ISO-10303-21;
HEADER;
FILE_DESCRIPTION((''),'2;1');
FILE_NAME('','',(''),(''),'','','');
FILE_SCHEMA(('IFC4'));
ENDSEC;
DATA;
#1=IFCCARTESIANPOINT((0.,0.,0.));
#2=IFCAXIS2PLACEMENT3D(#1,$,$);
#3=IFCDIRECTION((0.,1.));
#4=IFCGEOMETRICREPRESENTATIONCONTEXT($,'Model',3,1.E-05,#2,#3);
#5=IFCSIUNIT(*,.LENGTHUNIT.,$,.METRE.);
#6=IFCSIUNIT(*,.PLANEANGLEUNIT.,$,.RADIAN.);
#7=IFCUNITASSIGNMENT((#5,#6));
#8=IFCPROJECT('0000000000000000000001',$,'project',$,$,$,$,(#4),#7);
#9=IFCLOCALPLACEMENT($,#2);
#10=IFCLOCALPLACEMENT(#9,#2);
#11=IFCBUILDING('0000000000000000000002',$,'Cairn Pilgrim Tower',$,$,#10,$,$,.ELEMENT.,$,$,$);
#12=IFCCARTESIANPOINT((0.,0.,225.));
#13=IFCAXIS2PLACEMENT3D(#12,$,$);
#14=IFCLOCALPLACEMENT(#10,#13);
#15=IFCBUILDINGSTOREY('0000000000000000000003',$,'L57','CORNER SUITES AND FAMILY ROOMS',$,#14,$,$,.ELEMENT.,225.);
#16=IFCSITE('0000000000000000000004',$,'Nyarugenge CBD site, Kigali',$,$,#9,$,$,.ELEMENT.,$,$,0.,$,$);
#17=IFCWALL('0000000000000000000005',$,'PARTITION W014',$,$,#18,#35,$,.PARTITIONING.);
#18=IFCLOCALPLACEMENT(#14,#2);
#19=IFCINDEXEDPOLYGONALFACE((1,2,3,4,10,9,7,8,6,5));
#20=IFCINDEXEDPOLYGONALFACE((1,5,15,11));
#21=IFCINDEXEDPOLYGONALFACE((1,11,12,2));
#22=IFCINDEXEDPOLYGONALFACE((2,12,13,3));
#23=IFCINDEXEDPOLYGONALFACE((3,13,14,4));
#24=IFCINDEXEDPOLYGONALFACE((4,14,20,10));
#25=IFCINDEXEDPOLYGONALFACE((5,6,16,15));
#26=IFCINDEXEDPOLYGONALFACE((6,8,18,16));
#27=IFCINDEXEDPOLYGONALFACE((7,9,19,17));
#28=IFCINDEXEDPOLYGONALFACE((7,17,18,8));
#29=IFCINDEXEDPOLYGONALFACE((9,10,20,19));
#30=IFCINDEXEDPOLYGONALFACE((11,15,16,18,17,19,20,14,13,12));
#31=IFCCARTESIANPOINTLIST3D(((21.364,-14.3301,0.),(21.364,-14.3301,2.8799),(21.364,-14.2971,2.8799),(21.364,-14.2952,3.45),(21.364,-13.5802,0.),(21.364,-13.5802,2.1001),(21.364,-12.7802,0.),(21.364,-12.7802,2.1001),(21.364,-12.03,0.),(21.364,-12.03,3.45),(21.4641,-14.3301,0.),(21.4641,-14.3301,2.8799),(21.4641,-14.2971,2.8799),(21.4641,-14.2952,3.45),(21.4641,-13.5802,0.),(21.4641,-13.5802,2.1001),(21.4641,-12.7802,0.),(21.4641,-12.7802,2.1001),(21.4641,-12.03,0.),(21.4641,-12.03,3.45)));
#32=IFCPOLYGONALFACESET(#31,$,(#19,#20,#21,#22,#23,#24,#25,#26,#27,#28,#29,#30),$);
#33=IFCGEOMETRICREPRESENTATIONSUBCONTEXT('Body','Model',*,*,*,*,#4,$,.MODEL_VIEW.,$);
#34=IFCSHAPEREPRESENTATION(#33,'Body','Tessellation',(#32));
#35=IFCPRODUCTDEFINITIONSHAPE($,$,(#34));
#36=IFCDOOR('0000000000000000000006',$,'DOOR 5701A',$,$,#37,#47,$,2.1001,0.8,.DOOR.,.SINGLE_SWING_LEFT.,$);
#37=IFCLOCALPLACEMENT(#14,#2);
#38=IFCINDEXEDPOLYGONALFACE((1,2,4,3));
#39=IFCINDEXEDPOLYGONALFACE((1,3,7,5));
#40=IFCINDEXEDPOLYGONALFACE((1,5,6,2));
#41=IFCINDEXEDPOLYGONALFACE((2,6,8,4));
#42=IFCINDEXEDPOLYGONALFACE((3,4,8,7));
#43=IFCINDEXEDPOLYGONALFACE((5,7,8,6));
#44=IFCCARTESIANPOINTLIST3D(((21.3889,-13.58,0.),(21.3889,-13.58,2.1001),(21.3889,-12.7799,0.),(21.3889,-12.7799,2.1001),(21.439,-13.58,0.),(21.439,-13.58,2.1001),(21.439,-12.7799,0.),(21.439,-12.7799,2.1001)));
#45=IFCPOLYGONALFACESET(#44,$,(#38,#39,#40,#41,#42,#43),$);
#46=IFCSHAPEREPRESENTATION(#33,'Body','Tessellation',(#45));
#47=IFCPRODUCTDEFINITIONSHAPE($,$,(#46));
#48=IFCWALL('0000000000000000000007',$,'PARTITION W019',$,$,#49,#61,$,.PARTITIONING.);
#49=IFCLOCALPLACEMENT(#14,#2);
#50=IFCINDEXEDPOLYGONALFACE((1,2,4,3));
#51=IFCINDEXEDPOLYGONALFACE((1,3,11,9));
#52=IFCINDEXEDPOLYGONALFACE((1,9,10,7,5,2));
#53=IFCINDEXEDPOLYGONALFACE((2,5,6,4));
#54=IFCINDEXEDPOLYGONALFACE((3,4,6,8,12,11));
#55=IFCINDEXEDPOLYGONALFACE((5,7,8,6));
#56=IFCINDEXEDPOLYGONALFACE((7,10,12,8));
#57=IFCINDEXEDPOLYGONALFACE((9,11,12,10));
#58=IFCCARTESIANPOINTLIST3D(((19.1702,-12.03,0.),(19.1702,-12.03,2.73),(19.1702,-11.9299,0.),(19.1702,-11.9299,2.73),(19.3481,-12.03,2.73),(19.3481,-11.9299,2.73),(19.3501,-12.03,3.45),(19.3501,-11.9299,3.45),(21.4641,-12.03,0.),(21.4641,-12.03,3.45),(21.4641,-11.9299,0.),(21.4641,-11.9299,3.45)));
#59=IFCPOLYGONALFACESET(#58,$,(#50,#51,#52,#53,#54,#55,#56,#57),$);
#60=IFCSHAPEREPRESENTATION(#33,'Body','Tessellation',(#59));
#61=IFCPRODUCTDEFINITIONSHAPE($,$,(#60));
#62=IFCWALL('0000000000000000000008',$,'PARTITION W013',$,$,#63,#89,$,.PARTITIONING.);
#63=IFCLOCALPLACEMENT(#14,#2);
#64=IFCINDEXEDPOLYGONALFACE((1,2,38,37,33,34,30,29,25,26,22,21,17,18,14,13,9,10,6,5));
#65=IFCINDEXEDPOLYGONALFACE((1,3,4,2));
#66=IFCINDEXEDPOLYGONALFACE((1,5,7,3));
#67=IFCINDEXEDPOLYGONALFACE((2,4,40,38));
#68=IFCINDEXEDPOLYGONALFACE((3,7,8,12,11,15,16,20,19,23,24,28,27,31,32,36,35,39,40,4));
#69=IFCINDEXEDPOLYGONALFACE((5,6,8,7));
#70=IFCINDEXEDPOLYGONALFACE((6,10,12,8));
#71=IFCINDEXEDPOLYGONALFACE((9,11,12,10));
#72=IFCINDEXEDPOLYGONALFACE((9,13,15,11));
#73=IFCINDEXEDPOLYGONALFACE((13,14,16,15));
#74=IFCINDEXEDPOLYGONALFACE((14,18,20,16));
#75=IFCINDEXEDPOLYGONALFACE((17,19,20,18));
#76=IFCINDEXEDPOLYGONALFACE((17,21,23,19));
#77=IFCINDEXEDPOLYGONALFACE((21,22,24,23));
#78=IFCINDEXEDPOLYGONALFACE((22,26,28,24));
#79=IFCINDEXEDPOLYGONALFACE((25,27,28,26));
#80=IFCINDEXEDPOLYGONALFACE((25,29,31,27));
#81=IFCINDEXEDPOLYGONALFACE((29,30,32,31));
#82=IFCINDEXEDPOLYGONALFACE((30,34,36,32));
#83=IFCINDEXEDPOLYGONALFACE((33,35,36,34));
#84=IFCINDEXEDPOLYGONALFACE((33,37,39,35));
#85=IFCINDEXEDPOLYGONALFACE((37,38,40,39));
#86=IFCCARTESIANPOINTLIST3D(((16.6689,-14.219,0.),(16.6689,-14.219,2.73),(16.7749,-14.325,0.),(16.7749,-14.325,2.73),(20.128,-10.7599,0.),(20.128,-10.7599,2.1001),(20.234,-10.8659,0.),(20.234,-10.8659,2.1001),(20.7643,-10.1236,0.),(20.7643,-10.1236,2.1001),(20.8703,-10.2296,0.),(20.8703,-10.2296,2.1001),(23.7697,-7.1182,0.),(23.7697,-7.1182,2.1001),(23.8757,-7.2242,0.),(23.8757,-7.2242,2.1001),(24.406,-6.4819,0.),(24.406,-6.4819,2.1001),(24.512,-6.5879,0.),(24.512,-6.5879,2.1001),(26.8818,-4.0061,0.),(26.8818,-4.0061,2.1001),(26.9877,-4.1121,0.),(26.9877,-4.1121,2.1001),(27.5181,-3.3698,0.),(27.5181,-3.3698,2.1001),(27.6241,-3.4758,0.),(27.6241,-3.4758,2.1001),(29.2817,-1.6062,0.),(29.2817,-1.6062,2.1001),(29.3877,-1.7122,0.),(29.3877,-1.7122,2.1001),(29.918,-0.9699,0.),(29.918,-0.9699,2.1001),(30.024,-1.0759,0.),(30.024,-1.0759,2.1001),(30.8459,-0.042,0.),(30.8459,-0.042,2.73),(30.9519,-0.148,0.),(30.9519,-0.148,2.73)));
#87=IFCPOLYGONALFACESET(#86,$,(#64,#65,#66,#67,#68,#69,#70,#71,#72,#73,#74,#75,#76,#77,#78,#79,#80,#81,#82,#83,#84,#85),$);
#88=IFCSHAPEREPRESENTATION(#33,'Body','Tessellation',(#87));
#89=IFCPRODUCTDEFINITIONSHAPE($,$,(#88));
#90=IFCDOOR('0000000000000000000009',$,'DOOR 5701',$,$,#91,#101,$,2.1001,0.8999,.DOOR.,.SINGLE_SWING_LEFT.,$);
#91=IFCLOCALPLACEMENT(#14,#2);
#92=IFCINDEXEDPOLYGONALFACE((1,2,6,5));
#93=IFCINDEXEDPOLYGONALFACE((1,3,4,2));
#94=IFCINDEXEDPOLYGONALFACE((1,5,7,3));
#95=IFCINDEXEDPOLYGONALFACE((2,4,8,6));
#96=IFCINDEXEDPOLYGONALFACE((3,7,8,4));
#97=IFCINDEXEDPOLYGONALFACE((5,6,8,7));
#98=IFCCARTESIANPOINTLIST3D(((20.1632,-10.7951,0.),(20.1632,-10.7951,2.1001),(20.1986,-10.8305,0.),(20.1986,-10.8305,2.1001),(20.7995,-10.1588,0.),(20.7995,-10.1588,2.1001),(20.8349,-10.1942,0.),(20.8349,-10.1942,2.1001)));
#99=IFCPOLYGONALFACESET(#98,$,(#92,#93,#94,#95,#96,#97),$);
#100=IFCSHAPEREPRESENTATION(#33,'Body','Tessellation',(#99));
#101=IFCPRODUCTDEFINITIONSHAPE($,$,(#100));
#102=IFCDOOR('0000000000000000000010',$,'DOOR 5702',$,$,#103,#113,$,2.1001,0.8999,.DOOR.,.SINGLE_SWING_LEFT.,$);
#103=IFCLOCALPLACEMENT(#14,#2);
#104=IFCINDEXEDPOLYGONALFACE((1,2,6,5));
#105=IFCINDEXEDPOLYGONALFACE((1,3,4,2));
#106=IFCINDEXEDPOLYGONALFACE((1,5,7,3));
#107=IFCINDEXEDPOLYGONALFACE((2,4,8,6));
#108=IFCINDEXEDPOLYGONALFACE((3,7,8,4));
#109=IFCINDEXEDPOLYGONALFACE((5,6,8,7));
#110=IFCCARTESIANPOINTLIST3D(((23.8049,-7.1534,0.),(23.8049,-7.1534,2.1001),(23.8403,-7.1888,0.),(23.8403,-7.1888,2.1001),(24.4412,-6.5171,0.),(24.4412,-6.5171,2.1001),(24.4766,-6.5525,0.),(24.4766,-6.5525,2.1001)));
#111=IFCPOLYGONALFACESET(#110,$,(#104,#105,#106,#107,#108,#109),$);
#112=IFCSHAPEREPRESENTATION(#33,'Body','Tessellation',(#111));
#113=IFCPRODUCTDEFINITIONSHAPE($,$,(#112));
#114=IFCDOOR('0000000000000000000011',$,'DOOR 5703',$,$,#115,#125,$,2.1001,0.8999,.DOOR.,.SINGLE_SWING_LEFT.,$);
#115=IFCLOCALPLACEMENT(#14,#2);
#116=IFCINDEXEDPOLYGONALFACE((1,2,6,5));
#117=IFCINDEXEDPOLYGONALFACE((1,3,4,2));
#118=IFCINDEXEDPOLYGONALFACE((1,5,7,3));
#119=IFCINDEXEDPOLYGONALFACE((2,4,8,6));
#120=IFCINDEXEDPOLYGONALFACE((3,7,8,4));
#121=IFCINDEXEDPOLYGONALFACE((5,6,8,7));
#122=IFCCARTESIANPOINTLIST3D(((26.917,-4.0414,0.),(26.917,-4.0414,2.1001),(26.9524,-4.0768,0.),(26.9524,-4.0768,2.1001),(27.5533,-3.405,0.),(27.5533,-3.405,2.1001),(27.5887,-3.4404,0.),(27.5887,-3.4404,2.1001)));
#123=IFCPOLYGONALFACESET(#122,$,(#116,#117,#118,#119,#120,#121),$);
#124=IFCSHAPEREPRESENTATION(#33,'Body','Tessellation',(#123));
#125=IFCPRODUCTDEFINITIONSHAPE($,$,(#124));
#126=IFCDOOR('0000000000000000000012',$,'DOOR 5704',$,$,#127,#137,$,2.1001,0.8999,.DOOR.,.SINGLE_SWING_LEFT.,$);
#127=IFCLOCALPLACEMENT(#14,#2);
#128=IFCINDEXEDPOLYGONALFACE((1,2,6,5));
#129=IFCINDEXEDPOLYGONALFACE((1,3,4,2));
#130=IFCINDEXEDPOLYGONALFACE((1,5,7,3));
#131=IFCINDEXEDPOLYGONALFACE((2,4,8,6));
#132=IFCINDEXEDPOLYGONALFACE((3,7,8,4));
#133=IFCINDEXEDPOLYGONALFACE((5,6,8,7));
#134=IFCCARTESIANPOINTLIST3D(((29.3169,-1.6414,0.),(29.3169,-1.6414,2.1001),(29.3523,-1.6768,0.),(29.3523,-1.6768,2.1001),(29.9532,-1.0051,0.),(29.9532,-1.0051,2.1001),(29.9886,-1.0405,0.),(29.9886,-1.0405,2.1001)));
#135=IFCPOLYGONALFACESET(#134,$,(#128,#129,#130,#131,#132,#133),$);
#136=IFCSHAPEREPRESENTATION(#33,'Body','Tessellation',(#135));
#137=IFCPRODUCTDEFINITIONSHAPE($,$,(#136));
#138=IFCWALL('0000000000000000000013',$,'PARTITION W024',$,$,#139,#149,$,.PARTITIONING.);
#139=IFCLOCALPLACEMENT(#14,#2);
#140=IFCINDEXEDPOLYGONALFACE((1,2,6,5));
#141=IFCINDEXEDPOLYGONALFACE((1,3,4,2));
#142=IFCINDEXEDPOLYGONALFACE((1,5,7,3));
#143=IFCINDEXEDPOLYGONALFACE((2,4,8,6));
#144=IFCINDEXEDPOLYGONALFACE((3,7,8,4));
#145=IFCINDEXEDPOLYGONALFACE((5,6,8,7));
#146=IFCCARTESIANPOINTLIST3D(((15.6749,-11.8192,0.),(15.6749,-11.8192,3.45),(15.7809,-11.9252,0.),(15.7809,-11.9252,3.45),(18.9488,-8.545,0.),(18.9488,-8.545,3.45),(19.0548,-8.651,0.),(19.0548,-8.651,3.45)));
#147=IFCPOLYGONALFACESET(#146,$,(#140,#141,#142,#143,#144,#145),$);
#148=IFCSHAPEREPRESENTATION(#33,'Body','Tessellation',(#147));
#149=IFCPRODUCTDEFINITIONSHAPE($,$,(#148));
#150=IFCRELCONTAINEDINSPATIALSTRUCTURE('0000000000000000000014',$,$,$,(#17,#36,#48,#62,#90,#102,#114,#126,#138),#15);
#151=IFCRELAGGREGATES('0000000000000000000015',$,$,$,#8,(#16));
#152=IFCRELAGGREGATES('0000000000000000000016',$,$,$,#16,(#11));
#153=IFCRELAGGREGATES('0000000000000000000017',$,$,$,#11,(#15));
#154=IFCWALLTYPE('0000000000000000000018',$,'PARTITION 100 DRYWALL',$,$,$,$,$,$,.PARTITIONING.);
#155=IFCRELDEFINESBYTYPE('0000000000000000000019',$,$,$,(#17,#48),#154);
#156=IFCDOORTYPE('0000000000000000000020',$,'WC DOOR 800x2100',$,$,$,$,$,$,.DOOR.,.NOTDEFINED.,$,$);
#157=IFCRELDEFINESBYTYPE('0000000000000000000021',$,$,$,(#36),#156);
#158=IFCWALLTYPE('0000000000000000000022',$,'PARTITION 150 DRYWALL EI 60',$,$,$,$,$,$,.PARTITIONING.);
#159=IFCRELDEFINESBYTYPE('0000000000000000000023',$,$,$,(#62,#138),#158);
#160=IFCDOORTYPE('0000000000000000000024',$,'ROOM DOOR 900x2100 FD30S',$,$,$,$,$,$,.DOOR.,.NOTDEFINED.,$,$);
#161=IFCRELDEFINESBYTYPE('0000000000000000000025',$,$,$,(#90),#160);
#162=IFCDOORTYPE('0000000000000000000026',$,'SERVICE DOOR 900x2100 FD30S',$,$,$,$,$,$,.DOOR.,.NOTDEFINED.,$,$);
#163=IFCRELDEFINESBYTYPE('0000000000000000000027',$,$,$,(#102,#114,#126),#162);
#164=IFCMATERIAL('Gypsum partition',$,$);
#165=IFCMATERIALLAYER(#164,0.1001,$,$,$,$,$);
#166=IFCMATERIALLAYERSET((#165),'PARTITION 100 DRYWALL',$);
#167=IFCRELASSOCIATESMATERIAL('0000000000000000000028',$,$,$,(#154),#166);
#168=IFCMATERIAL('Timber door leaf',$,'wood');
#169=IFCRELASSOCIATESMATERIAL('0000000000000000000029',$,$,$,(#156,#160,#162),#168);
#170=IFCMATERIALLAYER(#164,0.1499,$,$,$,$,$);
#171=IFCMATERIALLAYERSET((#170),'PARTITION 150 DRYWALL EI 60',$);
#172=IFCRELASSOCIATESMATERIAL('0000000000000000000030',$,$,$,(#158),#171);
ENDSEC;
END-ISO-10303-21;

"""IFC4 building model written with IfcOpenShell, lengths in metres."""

from ifc_helpers import new_model, si_unit, direction, frame, frame_2d, origin, place, context, subcontext, project, spatial, polyline, rectangle, outline, extrude, material, layer, layer_set, type_object, element, fill, save


model = new_model("IFC4")

# Units and contexts
model_context = context("Model", 3, precision=1e-05, world=origin(), true_north=direction((0.0, 1.0)))
body_context = subcontext(model_context, "Body", "Model", "MODEL_VIEW")
ifc_project = project(units=[si_unit("LENGTHUNIT", "METRE"), si_unit("PLANEANGLEUNIT", "RADIAN")], contexts=[model_context])

# Site, building, storey
site_placement = place(None, origin())
site = spatial("IfcSite", under=ifc_project, at=site_placement, Name="Nyarugenge CBD site, Kigali", CompositionType="ELEMENT", RefElevation=0.0)
building_placement = place(site_placement, origin())
building = spatial("IfcBuilding", under=site, at=building_placement, Name="Cairn Pilgrim Tower", CompositionType="ELEMENT")
storey_placement = place(building_placement, frame((0.0, 0.0, 225.0)))
storey = spatial("IfcBuildingStorey", under=building, at=storey_placement, Name="L57", Description="CORNER SUITES AND FAMILY ROOMS", CompositionType="ELEMENT", Elevation=225.0)

# Shared definitions
ifc_material_1 = material(Name="Gypsum partition")
ifc_layer_1 = layer(ifc_material_1, 0.1001)
ifc_layer_set_1 = layer_set([ifc_layer_1], Name="PARTITION 100 DRYWALL")
wall_type_1 = type_object("IfcWallType", Name="PARTITION 100 DRYWALL", PredefinedType="PARTITIONING", material=ifc_layer_set_1)
ifc_material_2 = material(Name="Timber door leaf", Category="wood")

# Shared definitions
door_type_1 = type_object("IfcDoorType", Name="WC DOOR 800x2100", OperationType="NOTDEFINED", PredefinedType="DOOR", material=ifc_material_2)

# Wall, opening, door
wall_1_placement = place(storey_placement, frame((21.4141, -14.3301, 0.0), z_axis=(0.0, 0.0, 1.0), x_axis=(0.0, 1.0, 0.0)))
wall_1 = element("IfcWall", 1, at=wall_1_placement, inside=storey, type_object=wall_type_1, Name="PARTITION W014", PredefinedType="PARTITIONING", context=body_context, shape_type="SweptSolid", body=[
    extrude(outline(polyline([(0.0, 0.0), (2.3, 0.0), (2.3, 3.45), (0.0349, 3.45), (0.033, 2.8799), (0.0, 2.8799), (0.0, 0.0)])), frame((0.0, 0.05, 0.0), z_axis=(0.0, -1.0, 0.0), x_axis=(1.0, 0.0, 0.0)), (0.0, 0.0, 1.0), 0.1001),
])
opening_1_placement = place(wall_1_placement, frame((0.75, 0.0, 0.0)))
opening_1 = element("IfcOpeningElement", 2, at=opening_1_placement, cuts=wall_1, PredefinedType="OPENING", context=body_context, shape_type="SweptSolid", body=[
    extrude(rectangle(XDim=0.8, YDim=2.1001, at=frame_2d((0.3999, 1.05))), frame((0.0, 0.0601, 0.0), z_axis=(0.0, -1.0, 0.0), x_axis=(1.0, 0.0, 0.0)), (0.0, 0.0, 1.0), 0.1201),
])
door_1_placement = place(opening_1_placement, frame((0.8, 0.0, 0.0), z_axis=(0.0, 0.0, 1.0), x_axis=(-1.0, 0.0, 0.0)))
door_1 = element("IfcDoor", 3, at=door_1_placement, inside=storey, type_object=door_type_1, Name="DOOR 5701A", OperationType="SINGLE_SWING_LEFT", OverallHeight=2.1001, OverallWidth=0.8, PredefinedType="DOOR", context=body_context, shape_type="SweptSolid", body=[
    extrude(rectangle(XDim=0.8, YDim=2.1001, at=frame_2d((0.3999, 1.05))), frame((0.0, 0.0249, 0.0), z_axis=(0.0, -1.0, 0.0), x_axis=(1.0, 0.0, 0.0)), (0.0, 0.0, 1.0), 0.05),
])
fill(opening_1, door_1)

# Wall
wall_2_placement = place(storey_placement, frame((19.1702, -11.98, 0.0), z_axis=(0.0, 0.0, 1.0), x_axis=(1.0, 0.0, 0.0)))
element("IfcWall", 4, at=wall_2_placement, inside=storey, type_object=wall_type_1, Name="PARTITION W019", PredefinedType="PARTITIONING", context=body_context, shape_type="SweptSolid", body=[
    extrude(outline(polyline([(0.0, 0.0), (2.2939, 0.0), (2.2939, 3.45), (0.1799, 3.45), (0.178, 2.73), (0.0, 2.73), (0.0, 0.0)])), frame((0.0, 0.05, 0.0), z_axis=(0.0, -1.0, 0.0), x_axis=(1.0, 0.0, 0.0)), (0.0, 0.0, 1.0), 0.1001),
])

# Wall, openings, doors
ifc_layer_2 = layer(ifc_material_1, 0.1499)
ifc_layer_set_2 = layer_set([ifc_layer_2], Name="PARTITION 150 DRYWALL EI 60")
wall_type_2 = type_object("IfcWallType", Name="PARTITION 150 DRYWALL EI 60", PredefinedType="PARTITIONING", material=ifc_layer_set_2)
wall_3_placement = place(storey_placement, frame((16.7219, -14.272, 0.0), z_axis=(0.0, 0.0, 1.0), x_axis=(0.707107, 0.707107, 0.0)))
wall_3 = element("IfcWall", 5, at=wall_3_placement, inside=storey, type_object=wall_type_2, Name="PARTITION W013", PredefinedType="PARTITIONING", context=body_context, shape_type="SweptSolid", body=[
    extrude(rectangle(XDim=20.0493, YDim=0.1499, at=frame_2d((10.0247, 0.0))), origin(), (0.0, 0.0, 1.0), 2.73),
])
opening_2_placement = place(wall_3_placement, frame((4.8918, 0.0, 0.0)))
opening_2 = element("IfcOpeningElement", 6, at=opening_2_placement, cuts=wall_3, PredefinedType="OPENING", context=body_context, shape_type="SweptSolid", body=[
    extrude(rectangle(XDim=0.8999, YDim=2.1001, at=frame_2d((0.45, 1.05))), frame((0.0, 0.085, 0.0), z_axis=(0.0, -1.0, 0.0), x_axis=(1.0, 0.0, 0.0)), (0.0, 0.0, 1.0), 0.1699),
])
opening_3_placement = place(wall_3_placement, frame((10.042, 0.0, 0.0)))
opening_3 = element("IfcOpeningElement", 7, at=opening_3_placement, cuts=wall_3, PredefinedType="OPENING", context=body_context, shape_type="SweptSolid", body=[
    extrude(rectangle(XDim=0.8999, YDim=2.1001, at=frame_2d((0.45, 1.05))), frame((0.0, 0.085, 0.0), z_axis=(0.0, -1.0, 0.0), x_axis=(1.0, 0.0, 0.0)), (0.0, 0.0, 1.0), 0.1699),
])
opening_4_placement = place(wall_3_placement, frame((14.4431, 0.0, 0.0)))
opening_4 = element("IfcOpeningElement", 8, at=opening_4_placement, cuts=wall_3, PredefinedType="OPENING", context=body_context, shape_type="SweptSolid", body=[
    extrude(rectangle(XDim=0.8999, YDim=2.1001, at=frame_2d((0.45, 1.05))), frame((0.0, 0.085, 0.0), z_axis=(0.0, -1.0, 0.0), x_axis=(1.0, 0.0, 0.0)), (0.0, 0.0, 1.0), 0.1699),
])
opening_5_placement = place(wall_3_placement, frame((17.8372, 0.0, 0.0)))
opening_5 = element("IfcOpeningElement", 9, at=opening_5_placement, cuts=wall_3, PredefinedType="OPENING", context=body_context, shape_type="SweptSolid", body=[
    extrude(rectangle(XDim=0.8999, YDim=2.1001, at=frame_2d((0.45, 1.05))), frame((0.0, 0.085, 0.0), z_axis=(0.0, -1.0, 0.0), x_axis=(1.0, 0.0, 0.0)), (0.0, 0.0, 1.0), 0.1699),
])
door_type_2 = type_object("IfcDoorType", Name="ROOM DOOR 900x2100 FD30S", OperationType="NOTDEFINED", PredefinedType="DOOR", material=ifc_material_2)
door_2_placement = place(opening_2_placement, frame((0.8999, 0.0, 0.0), z_axis=(0.0, 0.0, 1.0), x_axis=(-1.0, 0.0, 0.0)))
door_2 = element("IfcDoor", 10, at=door_2_placement, inside=storey, type_object=door_type_2, Name="DOOR 5701", OperationType="SINGLE_SWING_LEFT", OverallHeight=2.1001, OverallWidth=0.8999, PredefinedType="DOOR", context=body_context, shape_type="SweptSolid", body=[
    extrude(rectangle(XDim=0.8999, YDim=2.1001, at=frame_2d((0.45, 1.05))), frame((0.0, 0.0249, 0.0), z_axis=(0.0, -1.0, 0.0), x_axis=(1.0, 0.0, 0.0)), (0.0, 0.0, 1.0), 0.05),
])
fill(opening_2, door_2)
door_type_3 = type_object("IfcDoorType", Name="SERVICE DOOR 900x2100 FD30S", OperationType="NOTDEFINED", PredefinedType="DOOR", material=ifc_material_2)
door_3_placement = place(opening_3_placement, frame((0.8999, 0.0, 0.0), z_axis=(0.0, 0.0, 1.0), x_axis=(-1.0, 0.0, 0.0)))
door_3 = element("IfcDoor", 11, at=door_3_placement, inside=storey, type_object=door_type_3, Name="DOOR 5702", OperationType="SINGLE_SWING_LEFT", OverallHeight=2.1001, OverallWidth=0.8999, PredefinedType="DOOR", context=body_context, shape_type="SweptSolid", body=[
    extrude(rectangle(XDim=0.8999, YDim=2.1001, at=frame_2d((0.45, 1.05))), frame((0.0, 0.0249, 0.0), z_axis=(0.0, -1.0, 0.0), x_axis=(1.0, 0.0, 0.0)), (0.0, 0.0, 1.0), 0.05),
])
fill(opening_3, door_3)
door_4_placement = place(opening_4_placement, frame((0.8999, 0.0, 0.0), z_axis=(0.0, 0.0, 1.0), x_axis=(-1.0, 0.0, 0.0)))
door_4 = element("IfcDoor", 12, at=door_4_placement, inside=storey, type_object=door_type_3, Name="DOOR 5703", OperationType="SINGLE_SWING_LEFT", OverallHeight=2.1001, OverallWidth=0.8999, PredefinedType="DOOR", context=body_context, shape_type="SweptSolid", body=[
    extrude(rectangle(XDim=0.8999, YDim=2.1001, at=frame_2d((0.45, 1.05))), frame((0.0, 0.0249, 0.0), z_axis=(0.0, -1.0, 0.0), x_axis=(1.0, 0.0, 0.0)), (0.0, 0.0, 1.0), 0.05),
])
fill(opening_4, door_4)
door_5_placement = place(opening_5_placement, frame((0.8999, 0.0, 0.0), z_axis=(0.0, 0.0, 1.0), x_axis=(-1.0, 0.0, 0.0)))
door_5 = element("IfcDoor", 13, at=door_5_placement, inside=storey, type_object=door_type_3, Name="DOOR 5704", OperationType="SINGLE_SWING_LEFT", OverallHeight=2.1001, OverallWidth=0.8999, PredefinedType="DOOR", context=body_context, shape_type="SweptSolid", body=[
    extrude(rectangle(XDim=0.8999, YDim=2.1001, at=frame_2d((0.45, 1.05))), frame((0.0, 0.0249, 0.0), z_axis=(0.0, -1.0, 0.0), x_axis=(1.0, 0.0, 0.0)), (0.0, 0.0, 1.0), 0.05),
])
fill(opening_5, door_5)

# Wall
wall_4_placement = place(storey_placement, frame((15.728, -11.8721, 0.0), z_axis=(0.0, 0.0, 1.0), x_axis=(0.70708, 0.707133, 0.0)))
element("IfcWall", 14, at=wall_4_placement, inside=storey, type_object=wall_type_2, Name="PARTITION W024", PredefinedType="PARTITIONING", context=body_context, shape_type="SweptSolid", body=[
    extrude(rectangle(XDim=4.6301, YDim=0.1499, at=frame_2d((2.3149, 0.0))), origin(), (0.0, 0.0, 1.0), 3.45),
])

save(model, "model.ifc")
